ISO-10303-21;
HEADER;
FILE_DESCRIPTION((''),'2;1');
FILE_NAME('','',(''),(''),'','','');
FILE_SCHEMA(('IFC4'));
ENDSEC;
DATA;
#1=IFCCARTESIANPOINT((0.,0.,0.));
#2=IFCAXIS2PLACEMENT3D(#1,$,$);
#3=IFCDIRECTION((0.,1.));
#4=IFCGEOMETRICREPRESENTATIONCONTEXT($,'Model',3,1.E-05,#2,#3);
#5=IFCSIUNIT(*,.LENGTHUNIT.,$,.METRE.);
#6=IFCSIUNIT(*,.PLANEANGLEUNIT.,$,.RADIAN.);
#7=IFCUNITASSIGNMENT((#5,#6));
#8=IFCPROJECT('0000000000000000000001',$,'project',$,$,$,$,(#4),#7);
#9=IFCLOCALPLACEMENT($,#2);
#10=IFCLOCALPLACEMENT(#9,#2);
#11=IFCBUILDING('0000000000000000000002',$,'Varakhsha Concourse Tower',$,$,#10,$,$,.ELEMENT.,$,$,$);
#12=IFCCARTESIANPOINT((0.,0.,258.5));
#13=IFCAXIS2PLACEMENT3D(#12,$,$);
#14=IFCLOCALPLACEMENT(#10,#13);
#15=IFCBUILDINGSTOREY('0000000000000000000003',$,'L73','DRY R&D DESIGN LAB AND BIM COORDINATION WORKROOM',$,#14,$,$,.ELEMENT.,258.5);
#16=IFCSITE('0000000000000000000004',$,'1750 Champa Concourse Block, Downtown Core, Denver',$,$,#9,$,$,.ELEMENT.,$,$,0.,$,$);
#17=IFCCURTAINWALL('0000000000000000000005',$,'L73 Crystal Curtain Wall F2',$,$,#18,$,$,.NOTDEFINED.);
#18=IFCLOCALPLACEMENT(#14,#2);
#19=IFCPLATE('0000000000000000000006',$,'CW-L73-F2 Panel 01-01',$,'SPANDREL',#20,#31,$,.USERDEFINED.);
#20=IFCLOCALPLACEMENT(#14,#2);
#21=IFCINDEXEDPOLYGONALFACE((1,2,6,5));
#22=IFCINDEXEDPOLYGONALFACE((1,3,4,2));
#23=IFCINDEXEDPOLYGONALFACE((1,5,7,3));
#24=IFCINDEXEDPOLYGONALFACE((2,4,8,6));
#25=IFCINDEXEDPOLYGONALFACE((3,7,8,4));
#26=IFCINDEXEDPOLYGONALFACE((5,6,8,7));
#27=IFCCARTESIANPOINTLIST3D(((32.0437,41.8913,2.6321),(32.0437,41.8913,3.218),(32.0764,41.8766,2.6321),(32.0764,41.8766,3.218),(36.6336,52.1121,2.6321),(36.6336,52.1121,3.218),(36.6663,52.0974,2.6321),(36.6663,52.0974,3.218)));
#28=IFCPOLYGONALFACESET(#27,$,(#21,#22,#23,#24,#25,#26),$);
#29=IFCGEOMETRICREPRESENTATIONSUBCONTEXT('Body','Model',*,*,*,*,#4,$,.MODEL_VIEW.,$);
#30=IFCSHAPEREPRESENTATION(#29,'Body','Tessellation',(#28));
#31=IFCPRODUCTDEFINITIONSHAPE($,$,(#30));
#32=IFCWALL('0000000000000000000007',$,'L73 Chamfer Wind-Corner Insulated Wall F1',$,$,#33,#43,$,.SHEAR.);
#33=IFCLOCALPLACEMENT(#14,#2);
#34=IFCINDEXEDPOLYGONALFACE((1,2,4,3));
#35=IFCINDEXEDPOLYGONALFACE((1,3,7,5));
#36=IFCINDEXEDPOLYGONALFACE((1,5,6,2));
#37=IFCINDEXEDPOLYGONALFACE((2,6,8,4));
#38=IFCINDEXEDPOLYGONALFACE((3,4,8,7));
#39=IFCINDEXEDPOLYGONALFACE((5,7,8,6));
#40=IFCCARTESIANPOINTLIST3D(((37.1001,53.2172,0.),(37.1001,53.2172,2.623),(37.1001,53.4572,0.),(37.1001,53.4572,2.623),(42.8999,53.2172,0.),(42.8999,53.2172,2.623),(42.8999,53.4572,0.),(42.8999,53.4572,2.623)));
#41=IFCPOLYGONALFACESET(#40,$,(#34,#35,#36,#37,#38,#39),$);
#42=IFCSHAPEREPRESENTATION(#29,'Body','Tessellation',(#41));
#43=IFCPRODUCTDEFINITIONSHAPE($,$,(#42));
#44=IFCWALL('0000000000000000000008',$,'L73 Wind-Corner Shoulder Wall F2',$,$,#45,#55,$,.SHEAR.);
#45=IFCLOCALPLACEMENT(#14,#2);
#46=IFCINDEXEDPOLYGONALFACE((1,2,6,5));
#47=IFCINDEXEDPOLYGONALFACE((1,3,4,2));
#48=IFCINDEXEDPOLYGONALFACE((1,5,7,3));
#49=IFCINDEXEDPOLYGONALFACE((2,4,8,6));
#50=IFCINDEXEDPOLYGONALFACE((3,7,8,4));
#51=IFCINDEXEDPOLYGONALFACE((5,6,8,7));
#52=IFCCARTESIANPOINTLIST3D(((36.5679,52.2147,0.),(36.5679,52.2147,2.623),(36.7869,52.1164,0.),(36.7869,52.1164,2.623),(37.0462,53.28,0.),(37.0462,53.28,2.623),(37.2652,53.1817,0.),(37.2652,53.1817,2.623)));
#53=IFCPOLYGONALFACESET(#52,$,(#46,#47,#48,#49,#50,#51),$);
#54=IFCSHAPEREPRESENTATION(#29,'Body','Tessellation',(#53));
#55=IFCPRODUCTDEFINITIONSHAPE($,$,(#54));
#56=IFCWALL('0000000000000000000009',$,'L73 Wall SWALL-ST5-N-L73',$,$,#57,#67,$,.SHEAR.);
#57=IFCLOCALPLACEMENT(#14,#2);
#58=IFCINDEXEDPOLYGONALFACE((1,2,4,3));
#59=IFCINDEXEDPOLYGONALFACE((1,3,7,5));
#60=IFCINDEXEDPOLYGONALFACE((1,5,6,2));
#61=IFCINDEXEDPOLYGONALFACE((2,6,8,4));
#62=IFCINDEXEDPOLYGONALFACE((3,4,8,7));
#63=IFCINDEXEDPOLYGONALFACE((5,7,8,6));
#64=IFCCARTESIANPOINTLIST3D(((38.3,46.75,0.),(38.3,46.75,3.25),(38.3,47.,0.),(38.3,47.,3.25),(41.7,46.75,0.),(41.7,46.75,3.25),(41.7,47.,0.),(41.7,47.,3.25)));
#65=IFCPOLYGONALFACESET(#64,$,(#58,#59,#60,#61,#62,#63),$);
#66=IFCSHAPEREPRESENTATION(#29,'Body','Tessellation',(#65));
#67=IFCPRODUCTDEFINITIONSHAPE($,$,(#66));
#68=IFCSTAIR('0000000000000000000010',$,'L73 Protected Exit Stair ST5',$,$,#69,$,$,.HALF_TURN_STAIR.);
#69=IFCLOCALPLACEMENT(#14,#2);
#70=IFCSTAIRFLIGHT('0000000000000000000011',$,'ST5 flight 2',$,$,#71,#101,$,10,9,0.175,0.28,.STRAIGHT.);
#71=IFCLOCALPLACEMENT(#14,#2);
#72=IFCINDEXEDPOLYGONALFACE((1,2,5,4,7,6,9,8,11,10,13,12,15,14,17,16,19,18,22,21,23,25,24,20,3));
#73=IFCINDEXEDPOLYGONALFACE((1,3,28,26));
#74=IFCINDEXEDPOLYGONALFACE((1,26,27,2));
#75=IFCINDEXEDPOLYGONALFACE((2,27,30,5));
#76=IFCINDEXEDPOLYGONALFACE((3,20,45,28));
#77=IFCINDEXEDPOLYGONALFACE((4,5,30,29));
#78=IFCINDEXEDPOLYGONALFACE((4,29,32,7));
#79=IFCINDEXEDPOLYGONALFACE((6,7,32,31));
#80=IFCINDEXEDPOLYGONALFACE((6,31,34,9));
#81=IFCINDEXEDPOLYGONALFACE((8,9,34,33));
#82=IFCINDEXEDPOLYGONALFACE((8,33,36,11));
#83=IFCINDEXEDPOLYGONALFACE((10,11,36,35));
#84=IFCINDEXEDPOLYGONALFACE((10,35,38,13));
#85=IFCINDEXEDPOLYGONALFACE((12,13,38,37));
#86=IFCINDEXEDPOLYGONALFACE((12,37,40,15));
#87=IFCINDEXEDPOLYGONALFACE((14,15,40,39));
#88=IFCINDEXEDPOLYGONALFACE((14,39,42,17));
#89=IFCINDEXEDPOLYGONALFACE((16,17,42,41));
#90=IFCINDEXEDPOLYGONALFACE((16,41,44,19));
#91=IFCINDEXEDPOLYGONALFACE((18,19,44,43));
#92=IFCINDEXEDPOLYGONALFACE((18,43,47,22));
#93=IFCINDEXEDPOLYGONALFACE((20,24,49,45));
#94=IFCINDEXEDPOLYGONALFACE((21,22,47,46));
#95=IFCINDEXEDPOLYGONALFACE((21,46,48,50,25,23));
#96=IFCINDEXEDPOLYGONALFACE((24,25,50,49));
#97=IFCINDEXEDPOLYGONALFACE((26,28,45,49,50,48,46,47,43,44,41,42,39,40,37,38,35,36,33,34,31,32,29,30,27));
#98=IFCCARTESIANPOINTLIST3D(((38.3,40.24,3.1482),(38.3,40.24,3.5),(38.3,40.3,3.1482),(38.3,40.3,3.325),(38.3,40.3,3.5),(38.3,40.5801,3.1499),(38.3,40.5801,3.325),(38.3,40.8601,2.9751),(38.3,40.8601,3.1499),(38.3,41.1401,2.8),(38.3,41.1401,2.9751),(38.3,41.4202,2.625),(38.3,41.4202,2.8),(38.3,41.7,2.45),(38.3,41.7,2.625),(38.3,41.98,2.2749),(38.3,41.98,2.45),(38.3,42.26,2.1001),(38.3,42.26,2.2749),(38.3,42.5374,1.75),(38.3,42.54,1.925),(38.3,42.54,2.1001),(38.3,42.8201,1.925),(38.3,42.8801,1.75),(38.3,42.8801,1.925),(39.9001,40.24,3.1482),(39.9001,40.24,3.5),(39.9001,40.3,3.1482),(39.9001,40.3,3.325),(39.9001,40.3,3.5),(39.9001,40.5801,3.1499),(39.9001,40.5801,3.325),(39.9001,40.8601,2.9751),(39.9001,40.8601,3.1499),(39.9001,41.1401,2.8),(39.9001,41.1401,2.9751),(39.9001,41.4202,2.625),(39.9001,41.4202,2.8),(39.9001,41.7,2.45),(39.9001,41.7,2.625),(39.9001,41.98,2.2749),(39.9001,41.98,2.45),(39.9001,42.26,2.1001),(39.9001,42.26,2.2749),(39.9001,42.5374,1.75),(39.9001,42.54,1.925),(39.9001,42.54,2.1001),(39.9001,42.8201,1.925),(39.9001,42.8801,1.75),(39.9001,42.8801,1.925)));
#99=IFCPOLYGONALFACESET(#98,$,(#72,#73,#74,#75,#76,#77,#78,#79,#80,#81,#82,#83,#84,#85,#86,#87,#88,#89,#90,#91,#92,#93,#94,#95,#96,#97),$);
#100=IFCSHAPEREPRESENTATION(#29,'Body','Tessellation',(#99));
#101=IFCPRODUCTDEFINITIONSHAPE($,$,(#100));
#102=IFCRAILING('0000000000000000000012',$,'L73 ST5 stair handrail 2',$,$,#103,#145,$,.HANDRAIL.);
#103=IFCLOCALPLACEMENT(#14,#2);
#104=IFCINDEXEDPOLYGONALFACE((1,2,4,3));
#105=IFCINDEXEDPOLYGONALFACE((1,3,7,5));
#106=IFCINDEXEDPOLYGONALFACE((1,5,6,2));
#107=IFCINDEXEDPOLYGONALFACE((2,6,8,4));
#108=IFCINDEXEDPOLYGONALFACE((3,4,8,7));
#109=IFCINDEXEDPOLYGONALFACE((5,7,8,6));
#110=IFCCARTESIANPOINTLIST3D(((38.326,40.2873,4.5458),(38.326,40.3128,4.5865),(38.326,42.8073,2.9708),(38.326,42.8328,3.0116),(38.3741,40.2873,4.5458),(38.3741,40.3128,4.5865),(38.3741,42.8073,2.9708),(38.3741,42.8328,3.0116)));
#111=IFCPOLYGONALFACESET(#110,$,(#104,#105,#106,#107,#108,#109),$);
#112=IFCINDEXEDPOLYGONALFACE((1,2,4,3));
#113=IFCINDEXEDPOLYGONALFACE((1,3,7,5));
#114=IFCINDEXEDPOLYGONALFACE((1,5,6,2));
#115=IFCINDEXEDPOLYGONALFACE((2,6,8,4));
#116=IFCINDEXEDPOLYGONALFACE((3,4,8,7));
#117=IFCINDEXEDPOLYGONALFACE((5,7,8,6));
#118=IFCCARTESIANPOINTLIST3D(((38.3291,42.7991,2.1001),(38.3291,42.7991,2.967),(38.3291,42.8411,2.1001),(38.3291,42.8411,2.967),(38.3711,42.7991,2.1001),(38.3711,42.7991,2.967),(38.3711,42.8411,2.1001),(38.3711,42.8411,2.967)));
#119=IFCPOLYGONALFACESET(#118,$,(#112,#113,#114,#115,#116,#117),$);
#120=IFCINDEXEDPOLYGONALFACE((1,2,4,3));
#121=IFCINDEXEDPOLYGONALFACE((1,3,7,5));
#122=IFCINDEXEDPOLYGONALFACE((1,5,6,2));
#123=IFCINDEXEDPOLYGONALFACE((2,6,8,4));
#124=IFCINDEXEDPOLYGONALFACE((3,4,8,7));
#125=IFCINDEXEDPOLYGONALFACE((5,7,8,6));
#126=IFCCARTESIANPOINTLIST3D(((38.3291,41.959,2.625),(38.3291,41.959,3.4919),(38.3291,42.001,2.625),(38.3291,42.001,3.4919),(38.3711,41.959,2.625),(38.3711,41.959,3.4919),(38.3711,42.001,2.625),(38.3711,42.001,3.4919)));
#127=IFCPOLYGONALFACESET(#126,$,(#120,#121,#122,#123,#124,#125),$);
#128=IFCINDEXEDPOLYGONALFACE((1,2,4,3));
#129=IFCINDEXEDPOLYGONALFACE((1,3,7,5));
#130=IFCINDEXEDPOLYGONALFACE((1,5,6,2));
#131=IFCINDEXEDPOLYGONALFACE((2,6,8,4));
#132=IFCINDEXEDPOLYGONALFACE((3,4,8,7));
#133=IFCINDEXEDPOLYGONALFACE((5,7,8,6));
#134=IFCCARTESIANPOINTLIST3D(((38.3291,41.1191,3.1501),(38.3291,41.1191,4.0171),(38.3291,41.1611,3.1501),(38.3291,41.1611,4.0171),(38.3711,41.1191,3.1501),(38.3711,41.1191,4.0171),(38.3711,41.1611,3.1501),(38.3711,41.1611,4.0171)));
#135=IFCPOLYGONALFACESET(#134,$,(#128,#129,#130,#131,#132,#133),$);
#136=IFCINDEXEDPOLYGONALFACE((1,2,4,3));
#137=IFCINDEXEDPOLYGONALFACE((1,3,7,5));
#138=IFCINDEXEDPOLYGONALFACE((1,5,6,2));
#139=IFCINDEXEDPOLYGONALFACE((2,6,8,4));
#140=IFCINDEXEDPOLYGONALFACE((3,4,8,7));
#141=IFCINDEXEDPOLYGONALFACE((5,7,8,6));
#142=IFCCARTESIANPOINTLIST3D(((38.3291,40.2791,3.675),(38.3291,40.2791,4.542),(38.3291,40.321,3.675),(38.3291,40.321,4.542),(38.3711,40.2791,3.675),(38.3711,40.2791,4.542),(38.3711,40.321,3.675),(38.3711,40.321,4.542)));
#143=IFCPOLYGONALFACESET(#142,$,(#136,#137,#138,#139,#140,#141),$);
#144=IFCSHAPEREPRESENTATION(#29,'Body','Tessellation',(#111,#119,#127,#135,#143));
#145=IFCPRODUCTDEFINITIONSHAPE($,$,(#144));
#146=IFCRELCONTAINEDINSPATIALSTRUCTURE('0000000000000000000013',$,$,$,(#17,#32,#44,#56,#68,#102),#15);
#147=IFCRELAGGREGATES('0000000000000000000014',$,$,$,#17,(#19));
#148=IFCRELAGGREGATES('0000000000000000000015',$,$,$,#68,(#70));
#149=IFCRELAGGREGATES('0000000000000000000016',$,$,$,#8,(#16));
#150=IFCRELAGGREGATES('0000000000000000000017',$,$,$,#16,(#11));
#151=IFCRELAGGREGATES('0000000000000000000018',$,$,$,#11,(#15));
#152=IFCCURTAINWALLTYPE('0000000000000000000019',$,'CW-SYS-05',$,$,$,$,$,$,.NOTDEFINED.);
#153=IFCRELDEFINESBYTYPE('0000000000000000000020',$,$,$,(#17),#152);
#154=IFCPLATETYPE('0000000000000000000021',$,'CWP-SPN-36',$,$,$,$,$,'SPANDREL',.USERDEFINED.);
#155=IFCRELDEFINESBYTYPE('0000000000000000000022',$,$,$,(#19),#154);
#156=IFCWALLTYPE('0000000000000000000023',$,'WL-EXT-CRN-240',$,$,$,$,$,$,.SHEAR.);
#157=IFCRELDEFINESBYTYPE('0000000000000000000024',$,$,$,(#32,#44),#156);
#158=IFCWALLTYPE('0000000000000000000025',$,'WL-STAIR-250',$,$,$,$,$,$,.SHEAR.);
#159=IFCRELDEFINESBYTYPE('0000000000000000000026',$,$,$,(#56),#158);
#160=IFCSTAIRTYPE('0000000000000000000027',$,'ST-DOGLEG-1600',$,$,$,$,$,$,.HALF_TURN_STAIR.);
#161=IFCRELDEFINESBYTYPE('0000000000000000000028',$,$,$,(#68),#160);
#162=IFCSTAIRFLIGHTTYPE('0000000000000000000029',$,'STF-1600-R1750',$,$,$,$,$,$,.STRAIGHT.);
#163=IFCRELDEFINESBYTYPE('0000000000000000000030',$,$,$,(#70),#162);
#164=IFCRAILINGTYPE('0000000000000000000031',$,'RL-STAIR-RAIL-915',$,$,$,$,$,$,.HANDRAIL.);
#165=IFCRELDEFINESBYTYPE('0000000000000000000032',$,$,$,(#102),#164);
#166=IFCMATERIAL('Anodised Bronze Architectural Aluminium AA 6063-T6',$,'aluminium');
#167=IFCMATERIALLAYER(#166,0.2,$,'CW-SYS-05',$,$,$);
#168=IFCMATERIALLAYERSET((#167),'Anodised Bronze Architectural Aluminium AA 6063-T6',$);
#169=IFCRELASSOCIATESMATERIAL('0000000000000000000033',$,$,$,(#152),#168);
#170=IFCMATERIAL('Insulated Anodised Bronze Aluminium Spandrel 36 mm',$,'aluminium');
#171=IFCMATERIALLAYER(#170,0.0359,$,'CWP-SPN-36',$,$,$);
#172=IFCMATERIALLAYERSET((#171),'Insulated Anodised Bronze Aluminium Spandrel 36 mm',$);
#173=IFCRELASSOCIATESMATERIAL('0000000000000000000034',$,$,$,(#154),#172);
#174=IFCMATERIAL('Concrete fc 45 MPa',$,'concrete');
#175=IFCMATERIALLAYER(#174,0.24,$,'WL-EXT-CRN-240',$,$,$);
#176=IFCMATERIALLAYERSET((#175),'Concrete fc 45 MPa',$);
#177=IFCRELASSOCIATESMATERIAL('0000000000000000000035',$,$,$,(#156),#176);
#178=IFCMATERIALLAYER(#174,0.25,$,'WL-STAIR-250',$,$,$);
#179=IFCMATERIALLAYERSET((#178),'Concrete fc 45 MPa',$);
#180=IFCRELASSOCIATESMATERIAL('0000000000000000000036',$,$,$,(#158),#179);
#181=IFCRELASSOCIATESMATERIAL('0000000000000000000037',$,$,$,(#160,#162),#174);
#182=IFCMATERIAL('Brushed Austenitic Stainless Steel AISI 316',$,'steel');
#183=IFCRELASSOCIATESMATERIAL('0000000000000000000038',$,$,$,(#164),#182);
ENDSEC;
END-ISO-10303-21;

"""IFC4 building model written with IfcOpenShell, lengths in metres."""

from ifc_helpers import new_model, si_unit, direction, frame, frame_2d, origin, origin_2d, place, context, subcontext, project, spatial, polyline, rectangle, outline, extrude, source, transform, mapped, material, layer, layer_set, type_object, type_shapes, element, aggregate, save


model = new_model("IFC4")

# Units and contexts
model_context = context("Model", 3, precision=1e-05, world=origin(), true_north=direction((0.0, 1.0)))
body_context = subcontext(model_context, "Body", "Model", "MODEL_VIEW")
ifc_project = project(units=[si_unit("LENGTHUNIT", "METRE"), si_unit("PLANEANGLEUNIT", "RADIAN")], contexts=[model_context])

# Site, building, storey
site_placement = place(None, origin())
site = spatial("IfcSite", under=ifc_project, at=site_placement, Name="1750 Champa Concourse Block, Downtown Core, Denver", CompositionType="ELEMENT", RefElevation=0.0)
building_placement = place(site_placement, origin())
building = spatial("IfcBuilding", under=site, at=building_placement, Name="Varakhsha Concourse Tower", CompositionType="ELEMENT")
storey_placement = place(building_placement, frame((0.0, 0.0, 258.5)))
storey = spatial("IfcBuildingStorey", under=building, at=storey_placement, Name="L73", Description="DRY R&D DESIGN LAB AND BIM COORDINATION WORKROOM", CompositionType="ELEMENT", Elevation=258.5)

# Curtain wall
ifc_material_1 = material(Name="Anodised Bronze Architectural Aluminium AA 6063-T6", Category="aluminium")
ifc_layer_1 = layer(ifc_material_1, 0.2, Name="CW-SYS-05")
ifc_layer_set_1 = layer_set([ifc_layer_1], Name="Anodised Bronze Architectural Aluminium AA 6063-T6")
curtain_wall_type = type_object("IfcCurtainWallType", Name="CW-SYS-05", PredefinedType="NOTDEFINED", material=ifc_layer_set_1)
curtain_wall_placement = place(storey_placement, origin())
curtain_wall = element("IfcCurtainWall", 1, at=curtain_wall_placement, inside=storey, type_object=curtain_wall_type, Name="L73 Crystal Curtain Wall F2", PredefinedType="NOTDEFINED")

# Plate
ifc_material_2 = material(Name="Insulated Anodised Bronze Aluminium Spandrel 36 mm", Category="aluminium")
ifc_layer_2 = layer(ifc_material_2, 0.0359, Name="CWP-SPN-36")
ifc_layer_set_2 = layer_set([ifc_layer_2], Name="Insulated Anodised Bronze Aluminium Spandrel 36 mm")
plate_type_1 = type_object("IfcPlateType", Name="CWP-SPN-36", ElementType="SPANDREL", PredefinedType="USERDEFINED", material=ifc_layer_set_2)
shared_shape_1 = source(origin(), body_context, "Body", "SweptSolid", [
    extrude(rectangle(XDim=11.2041, YDim=0.0359, at=origin_2d()), origin(), (0.0, 0.0, 1.0), 0.5859),
])
type_shapes(plate_type_1, [shared_shape_1])
plate_1_placement = place(storey_placement, frame((34.355, 46.9944, 2.6321), z_axis=(0.0, 0.0, 1.0), x_axis=(0.409662, 0.912237, 0.0)))
plate_1 = element("IfcPlate", 2, at=plate_1_placement, type_object=plate_type_1, Name="CW-L73-F2 Panel 01-01", ObjectType="SPANDREL", PredefinedType="USERDEFINED", context=body_context, shape_type="MappedRepresentation", body=[
    mapped(shared_shape_1, transform((0.0, 0.0, 0.0), scale=1.0)),
])
aggregate(curtain_wall, [plate_1])

# Walls
ifc_material_3 = material(Name="Concrete fc 45 MPa", Category="concrete")
ifc_layer_3 = layer(ifc_material_3, 0.24, Name="WL-EXT-CRN-240")
ifc_layer_set_3 = layer_set([ifc_layer_3], Name="Concrete fc 45 MPa")
wall_type_1 = type_object("IfcWallType", Name="WL-EXT-CRN-240", PredefinedType="SHEAR", material=ifc_layer_set_3)
wall_1_placement = place(storey_placement, frame((37.1001, 53.3372, 0.0), z_axis=(0.0, 0.0, 1.0), x_axis=(1.0, 0.0, 0.0)))
element("IfcWall", 3, at=wall_1_placement, inside=storey, type_object=wall_type_1, Name="L73 Chamfer Wind-Corner Insulated Wall F1", PredefinedType="SHEAR", context=body_context, shape_type="SweptSolid", body=[
    extrude(rectangle(XDim=5.7998, YDim=0.24, at=frame_2d((2.8999, 0.0))), origin(), (0.0, 0.0, 1.0), 2.623),
])
wall_2_placement = place(storey_placement, frame((37.1558, 53.231, 0.0), z_axis=(0.0, 0.0, 1.0), x_axis=(-0.409608, -0.912262, 0.0)))
element("IfcWall", 4, at=wall_2_placement, inside=storey, type_object=wall_type_1, Name="L73 Wind-Corner Shoulder Wall F2", PredefinedType="SHEAR", context=body_context, shape_type="SweptSolid", body=[
    extrude(rectangle(XDim=1.1677, YDim=0.24, at=frame_2d((0.584, 0.0))), origin(), (0.0, 0.0, 1.0), 2.623),
])
ifc_layer_4 = layer(ifc_material_3, 0.25, Name="WL-STAIR-250")
ifc_layer_set_4 = layer_set([ifc_layer_4], Name="Concrete fc 45 MPa")
wall_type_2 = type_object("IfcWallType", Name="WL-STAIR-250", PredefinedType="SHEAR", material=ifc_layer_set_4)
wall_3_placement = place(storey_placement, frame((38.3, 46.875, 0.0), z_axis=(0.0, 0.0, 1.0), x_axis=(1.0, 0.0, 0.0)))
element("IfcWall", 5, at=wall_3_placement, inside=storey, type_object=wall_type_2, Name="L73 Wall SWALL-ST5-N-L73", PredefinedType="SHEAR", context=body_context, shape_type="SweptSolid", body=[
    extrude(rectangle(XDim=3.3999, YDim=0.25, at=frame_2d((1.7, 0.0))), origin(), (0.0, 0.0, 1.0), 3.25),
])

# Stair, stair flight
stair_type = type_object("IfcStairType", Name="ST-DOGLEG-1600", PredefinedType="HALF_TURN_STAIR", material=ifc_material_3)
stair_placement = place(storey_placement, origin())
stair = element("IfcStair", 6, at=stair_placement, inside=storey, type_object=stair_type, Name="L73 Protected Exit Stair ST5", PredefinedType="HALF_TURN_STAIR")
stair_flight_type = type_object("IfcStairFlightType", Name="STF-1600-R1750", PredefinedType="STRAIGHT", material=ifc_material_3)
stair_flight_placement = place(storey_placement, frame((39.1001, 42.8201, 1.75), z_axis=(0.0, 0.0, 1.0), x_axis=(0.0, -1.0, 0.0)))
stair_flight = element("IfcStairFlight", 7, at=stair_flight_placement, type_object=stair_flight_type, Name="ST5 flight 2", NumberOfRisers=10, NumberOfTreads=9, PredefinedType="STRAIGHT", RiserHeight=0.175, TreadLength=0.28, context=body_context, shape_type="SweptSolid", body=[
    extrude(outline(polyline([(-0.0601, 0.0), (-0.0601, 0.175), (0.0, 0.175), (0.28, 0.175), (0.28, 0.3501), (0.5601, 0.3501), (0.5601, 0.5249), (0.8401, 0.5249), (0.8401, 0.7), (1.1201, 0.7), (1.1201, 0.875), (1.3999, 0.875), (1.3999, 1.05), (1.6799, 1.05), (1.6799, 1.2251), (1.96, 1.2251), (1.96, 1.3999), (2.24, 1.3999), (2.24, 1.575), (2.52, 1.575), (2.52, 1.75), (2.5801, 1.75), (2.5801, 1.3982), (2.52, 1.3982), (0.2827, 0.0), (-0.0601, 0.0)])), frame((0.0, 0.8, 0.0), z_axis=(0.0, -1.0, 0.0), x_axis=(1.0, 0.0, 0.0)), (0.0, 0.0, 1.0), 1.6001),
])
aggregate(stair, [stair_flight])

# Railing
ifc_material_4 = material(Name="Brushed Austenitic Stainless Steel AISI 316", Category="steel")
railing_type = type_object("IfcRailingType", Name="RL-STAIR-RAIL-915", PredefinedType="HANDRAIL", material=ifc_material_4)
railing_placement = place(storey_placement, frame((38.3501, 42.8201, 2.1001)))
element("IfcRailing", 8, at=railing_placement, inside=storey, type_object=railing_type, Name="L73 ST5 stair handrail 2", PredefinedType="HANDRAIL", context=body_context, shape_type="SweptSolid", body=[
    extrude(rectangle(XDim=0.0481, YDim=0.0481, at=origin_2d()), frame((0.0, 0.0, 0.8911), z_axis=(0.0, -0.848008, 0.529984), x_axis=(1.0, 0.0, 0.0)), (0.0, 0.0, 1.0), 2.9717),
    extrude(rectangle(XDim=0.042, YDim=0.042, at=origin_2d()), origin(), (0.0, 0.0, 1.0), 0.8669),
    extrude(rectangle(XDim=0.042, YDim=0.042, at=origin_2d()), frame((0.0, -0.8401, 0.5249)), (0.0, 0.0, 1.0), 0.8669),
    extrude(rectangle(XDim=0.042, YDim=0.042, at=origin_2d()), frame((0.0, -1.6799, 1.05)), (0.0, 0.0, 1.0), 0.8669),
    extrude(rectangle(XDim=0.042, YDim=0.042, at=origin_2d()), frame((0.0, -2.52, 1.575)), (0.0, 0.0, 1.0), 0.8669),
])

save(model, "model.ifc")
